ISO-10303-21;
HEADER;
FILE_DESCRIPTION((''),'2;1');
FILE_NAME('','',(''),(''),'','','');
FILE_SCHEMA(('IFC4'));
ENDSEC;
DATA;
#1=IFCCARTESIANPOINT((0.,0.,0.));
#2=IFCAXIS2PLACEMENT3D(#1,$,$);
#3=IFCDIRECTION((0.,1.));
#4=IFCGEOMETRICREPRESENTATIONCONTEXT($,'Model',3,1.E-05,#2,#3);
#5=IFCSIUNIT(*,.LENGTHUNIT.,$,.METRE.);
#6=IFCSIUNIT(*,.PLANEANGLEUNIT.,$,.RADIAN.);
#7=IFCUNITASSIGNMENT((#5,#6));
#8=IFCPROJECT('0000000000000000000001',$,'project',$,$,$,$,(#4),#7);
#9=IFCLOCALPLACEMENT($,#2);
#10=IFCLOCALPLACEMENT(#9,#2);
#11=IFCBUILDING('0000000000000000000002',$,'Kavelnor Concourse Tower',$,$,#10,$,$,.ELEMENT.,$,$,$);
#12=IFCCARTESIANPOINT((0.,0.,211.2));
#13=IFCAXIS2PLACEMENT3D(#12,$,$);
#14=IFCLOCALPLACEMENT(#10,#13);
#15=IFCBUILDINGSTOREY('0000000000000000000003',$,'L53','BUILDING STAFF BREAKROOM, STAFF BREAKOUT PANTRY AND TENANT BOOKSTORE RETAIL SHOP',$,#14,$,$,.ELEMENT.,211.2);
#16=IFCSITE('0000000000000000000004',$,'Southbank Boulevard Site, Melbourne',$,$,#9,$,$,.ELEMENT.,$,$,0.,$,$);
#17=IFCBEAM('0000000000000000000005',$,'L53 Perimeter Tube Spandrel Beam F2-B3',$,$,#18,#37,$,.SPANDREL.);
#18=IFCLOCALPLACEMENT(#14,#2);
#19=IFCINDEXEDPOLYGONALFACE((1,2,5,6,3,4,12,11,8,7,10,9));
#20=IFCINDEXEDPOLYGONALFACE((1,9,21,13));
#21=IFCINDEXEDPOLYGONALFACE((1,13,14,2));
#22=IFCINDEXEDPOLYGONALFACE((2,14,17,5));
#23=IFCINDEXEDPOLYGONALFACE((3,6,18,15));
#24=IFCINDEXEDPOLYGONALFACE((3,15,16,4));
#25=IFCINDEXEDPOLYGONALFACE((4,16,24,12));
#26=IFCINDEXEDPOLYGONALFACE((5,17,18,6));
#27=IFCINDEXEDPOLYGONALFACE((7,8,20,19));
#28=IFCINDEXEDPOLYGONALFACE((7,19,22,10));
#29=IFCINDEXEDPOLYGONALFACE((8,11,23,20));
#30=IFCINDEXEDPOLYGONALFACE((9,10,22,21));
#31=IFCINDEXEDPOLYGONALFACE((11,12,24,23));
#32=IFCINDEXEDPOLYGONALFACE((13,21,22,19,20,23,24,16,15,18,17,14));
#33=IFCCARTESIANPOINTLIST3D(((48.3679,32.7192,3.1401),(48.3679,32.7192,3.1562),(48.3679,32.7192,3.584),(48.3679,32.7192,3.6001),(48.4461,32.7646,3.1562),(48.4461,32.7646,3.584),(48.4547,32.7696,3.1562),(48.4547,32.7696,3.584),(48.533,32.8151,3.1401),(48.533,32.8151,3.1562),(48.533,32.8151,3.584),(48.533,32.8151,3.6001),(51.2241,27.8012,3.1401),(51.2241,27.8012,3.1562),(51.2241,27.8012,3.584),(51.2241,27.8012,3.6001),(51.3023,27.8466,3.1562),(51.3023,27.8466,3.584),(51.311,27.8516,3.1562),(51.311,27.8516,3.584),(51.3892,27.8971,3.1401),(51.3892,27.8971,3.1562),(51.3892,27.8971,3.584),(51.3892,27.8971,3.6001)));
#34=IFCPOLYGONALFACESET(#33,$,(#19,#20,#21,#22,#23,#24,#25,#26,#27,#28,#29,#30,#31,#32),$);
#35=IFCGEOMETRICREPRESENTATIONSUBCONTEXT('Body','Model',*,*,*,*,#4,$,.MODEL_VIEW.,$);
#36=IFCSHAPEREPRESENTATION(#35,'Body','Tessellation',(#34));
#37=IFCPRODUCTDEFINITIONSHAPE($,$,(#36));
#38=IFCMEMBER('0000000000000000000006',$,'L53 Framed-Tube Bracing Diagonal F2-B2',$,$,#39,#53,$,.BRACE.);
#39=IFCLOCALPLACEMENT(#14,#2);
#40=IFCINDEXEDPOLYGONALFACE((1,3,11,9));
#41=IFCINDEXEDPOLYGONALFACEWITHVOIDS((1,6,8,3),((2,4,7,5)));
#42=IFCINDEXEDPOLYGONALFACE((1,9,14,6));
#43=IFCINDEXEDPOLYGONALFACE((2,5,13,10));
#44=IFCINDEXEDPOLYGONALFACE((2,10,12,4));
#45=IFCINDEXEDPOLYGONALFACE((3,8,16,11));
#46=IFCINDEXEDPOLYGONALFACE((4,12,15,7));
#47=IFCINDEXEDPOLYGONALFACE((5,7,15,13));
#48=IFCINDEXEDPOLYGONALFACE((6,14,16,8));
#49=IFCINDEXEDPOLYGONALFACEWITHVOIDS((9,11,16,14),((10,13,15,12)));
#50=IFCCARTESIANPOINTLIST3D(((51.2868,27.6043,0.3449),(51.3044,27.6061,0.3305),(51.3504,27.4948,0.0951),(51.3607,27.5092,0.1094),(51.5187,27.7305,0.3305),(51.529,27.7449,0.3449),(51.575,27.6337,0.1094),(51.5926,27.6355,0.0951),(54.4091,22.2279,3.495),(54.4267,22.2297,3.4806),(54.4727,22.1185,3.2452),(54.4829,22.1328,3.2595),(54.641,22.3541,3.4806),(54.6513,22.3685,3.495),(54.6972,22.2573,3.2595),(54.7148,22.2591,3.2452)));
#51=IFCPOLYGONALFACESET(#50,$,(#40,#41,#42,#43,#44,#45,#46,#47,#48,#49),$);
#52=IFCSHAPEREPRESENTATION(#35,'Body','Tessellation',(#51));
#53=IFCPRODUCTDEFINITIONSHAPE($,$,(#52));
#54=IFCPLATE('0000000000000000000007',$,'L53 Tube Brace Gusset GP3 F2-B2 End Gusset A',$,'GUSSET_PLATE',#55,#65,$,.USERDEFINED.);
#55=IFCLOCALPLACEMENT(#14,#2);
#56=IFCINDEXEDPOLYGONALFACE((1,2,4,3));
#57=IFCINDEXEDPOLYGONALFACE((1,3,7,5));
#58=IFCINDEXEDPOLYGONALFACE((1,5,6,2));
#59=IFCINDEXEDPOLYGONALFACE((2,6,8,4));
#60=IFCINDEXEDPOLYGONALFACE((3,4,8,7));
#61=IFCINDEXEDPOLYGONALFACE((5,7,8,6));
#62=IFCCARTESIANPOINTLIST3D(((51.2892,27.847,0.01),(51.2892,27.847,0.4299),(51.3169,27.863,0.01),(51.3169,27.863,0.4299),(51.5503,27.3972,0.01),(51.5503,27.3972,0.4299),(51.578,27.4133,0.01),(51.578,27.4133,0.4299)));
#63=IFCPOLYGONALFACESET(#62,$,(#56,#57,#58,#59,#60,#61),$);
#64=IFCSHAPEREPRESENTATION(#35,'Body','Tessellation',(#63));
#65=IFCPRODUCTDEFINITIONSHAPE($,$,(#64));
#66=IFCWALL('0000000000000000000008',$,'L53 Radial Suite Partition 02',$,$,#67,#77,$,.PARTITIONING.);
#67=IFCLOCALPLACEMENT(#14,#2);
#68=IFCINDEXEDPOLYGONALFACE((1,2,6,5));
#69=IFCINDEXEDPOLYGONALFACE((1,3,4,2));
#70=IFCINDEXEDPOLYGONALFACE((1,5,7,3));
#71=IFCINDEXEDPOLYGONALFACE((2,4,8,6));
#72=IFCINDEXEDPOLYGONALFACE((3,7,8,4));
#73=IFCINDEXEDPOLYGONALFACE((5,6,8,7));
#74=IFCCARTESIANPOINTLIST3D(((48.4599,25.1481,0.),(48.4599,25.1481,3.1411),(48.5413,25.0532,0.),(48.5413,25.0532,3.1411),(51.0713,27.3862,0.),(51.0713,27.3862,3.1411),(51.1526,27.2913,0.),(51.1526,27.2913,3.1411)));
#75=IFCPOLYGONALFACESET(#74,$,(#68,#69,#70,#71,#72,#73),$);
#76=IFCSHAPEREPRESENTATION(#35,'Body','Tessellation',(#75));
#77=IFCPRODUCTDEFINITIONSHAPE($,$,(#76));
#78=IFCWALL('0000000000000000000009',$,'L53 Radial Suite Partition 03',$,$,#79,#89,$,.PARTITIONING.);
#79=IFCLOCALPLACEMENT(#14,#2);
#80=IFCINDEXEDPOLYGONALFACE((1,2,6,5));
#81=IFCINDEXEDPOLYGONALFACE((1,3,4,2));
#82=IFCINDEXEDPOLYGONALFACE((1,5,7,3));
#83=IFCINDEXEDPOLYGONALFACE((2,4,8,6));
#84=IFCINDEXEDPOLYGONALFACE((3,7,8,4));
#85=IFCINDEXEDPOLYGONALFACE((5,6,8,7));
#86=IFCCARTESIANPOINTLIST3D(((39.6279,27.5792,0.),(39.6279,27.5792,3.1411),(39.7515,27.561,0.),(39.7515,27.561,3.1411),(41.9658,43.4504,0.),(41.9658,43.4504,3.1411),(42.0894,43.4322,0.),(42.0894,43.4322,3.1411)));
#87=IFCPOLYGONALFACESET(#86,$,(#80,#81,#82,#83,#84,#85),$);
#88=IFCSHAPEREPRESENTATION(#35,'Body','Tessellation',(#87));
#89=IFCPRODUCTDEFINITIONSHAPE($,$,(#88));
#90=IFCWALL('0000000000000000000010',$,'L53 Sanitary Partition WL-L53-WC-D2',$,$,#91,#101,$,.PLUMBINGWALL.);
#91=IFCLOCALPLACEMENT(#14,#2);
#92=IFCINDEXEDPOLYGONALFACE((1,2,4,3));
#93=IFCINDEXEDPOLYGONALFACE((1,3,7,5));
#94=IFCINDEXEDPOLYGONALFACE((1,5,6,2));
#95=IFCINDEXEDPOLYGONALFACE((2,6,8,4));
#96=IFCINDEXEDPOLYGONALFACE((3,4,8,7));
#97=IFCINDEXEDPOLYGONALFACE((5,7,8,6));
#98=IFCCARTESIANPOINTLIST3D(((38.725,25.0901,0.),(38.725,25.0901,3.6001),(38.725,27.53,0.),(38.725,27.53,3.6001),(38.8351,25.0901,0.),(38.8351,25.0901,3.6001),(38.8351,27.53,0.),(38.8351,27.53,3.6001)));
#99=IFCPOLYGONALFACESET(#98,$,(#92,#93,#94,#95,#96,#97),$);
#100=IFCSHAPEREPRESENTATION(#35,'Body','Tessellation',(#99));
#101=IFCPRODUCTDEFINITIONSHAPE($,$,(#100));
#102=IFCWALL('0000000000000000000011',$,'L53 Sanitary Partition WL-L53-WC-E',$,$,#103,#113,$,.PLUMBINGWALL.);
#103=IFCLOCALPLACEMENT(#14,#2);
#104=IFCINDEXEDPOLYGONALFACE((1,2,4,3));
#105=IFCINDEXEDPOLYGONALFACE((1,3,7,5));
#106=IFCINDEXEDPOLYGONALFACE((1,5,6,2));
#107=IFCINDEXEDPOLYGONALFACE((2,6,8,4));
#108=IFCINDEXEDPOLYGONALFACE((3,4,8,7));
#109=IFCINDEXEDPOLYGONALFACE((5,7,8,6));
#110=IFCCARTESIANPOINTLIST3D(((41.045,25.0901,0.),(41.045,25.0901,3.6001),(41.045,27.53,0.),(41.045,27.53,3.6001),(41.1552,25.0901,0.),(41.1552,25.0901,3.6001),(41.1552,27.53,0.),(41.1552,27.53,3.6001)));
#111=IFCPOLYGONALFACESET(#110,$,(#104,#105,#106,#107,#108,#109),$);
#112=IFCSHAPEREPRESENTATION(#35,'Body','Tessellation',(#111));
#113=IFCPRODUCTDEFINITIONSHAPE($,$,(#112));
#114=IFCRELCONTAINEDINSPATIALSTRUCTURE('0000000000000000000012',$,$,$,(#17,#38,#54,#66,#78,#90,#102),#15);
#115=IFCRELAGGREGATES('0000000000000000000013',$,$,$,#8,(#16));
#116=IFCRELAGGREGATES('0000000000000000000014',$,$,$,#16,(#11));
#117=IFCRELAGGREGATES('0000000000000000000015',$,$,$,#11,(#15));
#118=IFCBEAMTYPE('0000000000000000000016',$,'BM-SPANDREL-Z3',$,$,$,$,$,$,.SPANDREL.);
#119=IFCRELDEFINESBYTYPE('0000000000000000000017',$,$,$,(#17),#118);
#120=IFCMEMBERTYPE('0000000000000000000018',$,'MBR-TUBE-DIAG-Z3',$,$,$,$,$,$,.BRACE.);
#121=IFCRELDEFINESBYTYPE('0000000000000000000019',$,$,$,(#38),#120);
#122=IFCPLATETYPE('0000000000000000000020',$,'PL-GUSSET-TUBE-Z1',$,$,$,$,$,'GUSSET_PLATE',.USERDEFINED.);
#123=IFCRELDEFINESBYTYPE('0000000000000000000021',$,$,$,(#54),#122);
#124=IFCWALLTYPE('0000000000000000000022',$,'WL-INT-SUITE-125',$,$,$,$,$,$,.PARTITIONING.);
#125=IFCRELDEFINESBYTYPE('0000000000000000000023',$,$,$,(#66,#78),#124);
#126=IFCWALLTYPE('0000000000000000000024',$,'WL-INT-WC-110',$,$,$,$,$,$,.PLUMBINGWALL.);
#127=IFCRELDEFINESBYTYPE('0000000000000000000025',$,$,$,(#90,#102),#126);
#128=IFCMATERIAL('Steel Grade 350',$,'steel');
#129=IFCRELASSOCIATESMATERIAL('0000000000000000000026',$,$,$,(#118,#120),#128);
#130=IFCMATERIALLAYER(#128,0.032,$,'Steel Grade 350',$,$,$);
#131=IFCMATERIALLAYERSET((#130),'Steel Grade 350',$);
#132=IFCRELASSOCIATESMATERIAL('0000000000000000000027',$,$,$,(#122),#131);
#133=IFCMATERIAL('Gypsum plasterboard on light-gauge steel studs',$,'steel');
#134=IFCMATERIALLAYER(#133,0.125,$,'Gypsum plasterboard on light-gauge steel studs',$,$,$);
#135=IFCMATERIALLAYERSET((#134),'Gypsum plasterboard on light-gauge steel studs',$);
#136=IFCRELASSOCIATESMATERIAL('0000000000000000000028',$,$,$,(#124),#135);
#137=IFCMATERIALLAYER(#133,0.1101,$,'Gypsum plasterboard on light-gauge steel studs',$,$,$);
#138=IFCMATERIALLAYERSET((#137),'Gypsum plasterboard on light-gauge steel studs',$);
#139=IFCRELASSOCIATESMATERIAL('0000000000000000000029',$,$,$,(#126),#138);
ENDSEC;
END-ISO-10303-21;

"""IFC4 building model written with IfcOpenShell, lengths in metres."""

from ifc_helpers import new_model, si_unit, direction, frame, frame_2d, origin, origin_2d, place, context, subcontext, project, spatial, rectangle, hollow_rectangle, i_section, extrude, material, layer, layer_set, material_profile, profile_set, type_object, element, save


model = new_model("IFC4")

# Units and contexts
model_context = context("Model", 3, precision=1e-05, world=origin(), true_north=direction((0.0, 1.0)))
body_context = subcontext(model_context, "Body", "Model", "MODEL_VIEW")
ifc_project = project(units=[si_unit("LENGTHUNIT", "METRE"), si_unit("PLANEANGLEUNIT", "RADIAN")], contexts=[model_context])

# Site, building, storey
site_placement = place(None, origin())
site = spatial("IfcSite", under=ifc_project, at=site_placement, Name="Southbank Boulevard Site, Melbourne", CompositionType="ELEMENT", RefElevation=0.0)
building_placement = place(site_placement, origin())
building = spatial("IfcBuilding", under=site, at=building_placement, Name="Kavelnor Concourse Tower", CompositionType="ELEMENT")
storey_placement = place(building_placement, frame((0.0, 0.0, 211.2)))
storey = spatial("IfcBuildingStorey", under=building, at=storey_placement, Name="L53", Description="BUILDING STAFF BREAKROOM, STAFF BREAKOUT PANTRY AND TENANT BOOKSTORE RETAIL SHOP", CompositionType="ELEMENT", Elevation=211.2)

# Shared definitions
ifc_material_1 = material(Name="Steel Grade 350", Category="steel")

# Beam
ifc_material_profile_1 = material_profile(ifc_material_1, i_section(OverallWidth=0.1909, OverallDepth=0.46, WebThickness=0.01, FlangeThickness=0.0161, at=origin_2d()), Name="460UB82")
ifc_profile_set_1 = profile_set([ifc_material_profile_1], Name="Steel Grade 350")
beam_type_1 = type_object("IfcBeamType", Name="BM-SPANDREL-Z3", PredefinedType="SPANDREL", material=ifc_profile_set_1)
beam_1_placement = place(storey_placement, frame((51.3066, 27.8491, 3.3701), z_axis=(-0.502215, 0.864743, 0.0), x_axis=(-0.864743, -0.502215, 0.0)))
element("IfcBeam", 1, at=beam_1_placement, inside=storey, type_object=beam_type_1, Name="L53 Perimeter Tube Spandrel Beam F2-B3", PredefinedType="SPANDREL", context=body_context, shape_type="SweptSolid", body=[
    extrude(i_section(OverallWidth=0.1909, OverallDepth=0.46, WebThickness=0.01, FlangeThickness=0.0161, at=origin_2d()), origin(), (0.0, 0.0, 1.0), 5.6873),
])

# Member
ifc_material_profile_2 = material_profile(ifc_material_1, hollow_rectangle(XDim=0.28, YDim=0.28, WallThickness=0.0161, at=origin_2d()), Name="SHS 280x280x16")
ifc_profile_set_2 = profile_set([ifc_material_profile_2], Name="Steel Grade 350")
member_type = type_object("IfcMemberType", Name="MBR-TUBE-DIAG-Z3", PredefinedType="BRACE", material=ifc_profile_set_2)
member_placement = place(storey_placement, frame((51.4397, 27.6199, 0.22), z_axis=(0.447975, -0.77139, 0.451968), x_axis=(0.864754, 0.502195, 0.0)))
element("IfcMember", 2, at=member_placement, inside=storey, type_object=member_type, Name="L53 Framed-Tube Bracing Diagonal F2-B2", PredefinedType="BRACE", context=body_context, shape_type="SweptSolid", body=[
    extrude(hollow_rectangle(XDim=0.28, YDim=0.28, WallThickness=0.0161, at=origin_2d()), origin(), (0.0, 0.0, 1.0), 6.9697),
])

# Plate
ifc_layer_1 = layer(ifc_material_1, 0.032, Name="Steel Grade 350")
ifc_layer_set_1 = layer_set([ifc_layer_1], Name="Steel Grade 350")
plate_type = type_object("IfcPlateType", Name="PL-GUSSET-TUBE-Z1", ElementType="GUSSET_PLATE", PredefinedType="USERDEFINED", material=ifc_layer_set_1)
plate_placement = place(storey_placement, frame((51.4336, 27.6301, 0.01), z_axis=(0.0, 0.0, 1.0), x_axis=(0.502115, -0.864801, 0.0)))
element("IfcPlate", 3, at=plate_placement, inside=storey, type_object=plate_type, Name="L53 Tube Brace Gusset GP3 F2-B2 End Gusset A", ObjectType="GUSSET_PLATE", PredefinedType="USERDEFINED", context=body_context, shape_type="SweptSolid", body=[
    extrude(rectangle(XDim=0.52, YDim=0.032, at=origin_2d()), origin(), (0.0, 0.0, 1.0), 0.4199),
])

# Walls
ifc_material_2 = material(Name="Gypsum plasterboard on light-gauge steel studs", Category="steel")
ifc_layer_2 = layer(ifc_material_2, 0.125, Name="Gypsum plasterboard on light-gauge steel studs")
ifc_layer_set_2 = layer_set([ifc_layer_2], Name="Gypsum plasterboard on light-gauge steel studs")
wall_type_1 = type_object("IfcWallType", Name="WL-INT-SUITE-125", PredefinedType="PARTITIONING", material=ifc_layer_set_2)
wall_1_placement = place(storey_placement, frame((48.5005, 25.1006, 0.0), z_axis=(0.0, 0.0, 1.0), x_axis=(0.759292, 0.65075, 0.0)))
element("IfcWall", 4, at=wall_1_placement, inside=storey, type_object=wall_type_1, Name="L53 Radial Suite Partition 02", PredefinedType="PARTITIONING", context=body_context, shape_type="SweptSolid", body=[
    extrude(rectangle(XDim=3.4392, YDim=0.125, at=frame_2d((1.7197, 0.0))), origin(), (0.0, 0.0, 1.0), 3.1411),
])
wall_2_placement = place(storey_placement, frame((39.6897, 27.5701, 0.0), z_axis=(0.0, 0.0, 1.0), x_axis=(0.145732, 0.989324, 0.0)))
element("IfcWall", 5, at=wall_2_placement, inside=storey, type_object=wall_type_1, Name="L53 Radial Suite Partition 03", PredefinedType="PARTITIONING", context=body_context, shape_type="SweptSolid", body=[
    extrude(rectangle(XDim=16.0425, YDim=0.125, at=frame_2d((8.0212, 0.0))), origin(), (0.0, 0.0, 1.0), 3.1411),
])
ifc_layer_3 = layer(ifc_material_2, 0.1101, Name="Gypsum plasterboard on light-gauge steel studs")
ifc_layer_set_3 = layer_set([ifc_layer_3], Name="Gypsum plasterboard on light-gauge steel studs")
wall_type_2 = type_object("IfcWallType", Name="WL-INT-WC-110", PredefinedType="PLUMBINGWALL", material=ifc_layer_set_3)
for number, where, z_axis, x_axis, name in (
    (6, (38.78, 25.0901, 0.0), (0.0, 0.0, 1.0), (0.0, 1.0, 0.0), "L53 Sanitary Partition WL-L53-WC-D2"),
    (7, (41.1001, 25.0901, 0.0), (0.0, 0.0, 1.0), (0.0, 1.0, 0.0), "L53 Sanitary Partition WL-L53-WC-E"),
):
    element("IfcWall", number, at=place(storey_placement, frame(where, z_axis=z_axis, x_axis=x_axis)), inside=storey, type_object=wall_type_2, Name=name, PredefinedType="PLUMBINGWALL", context=body_context, shape_type="SweptSolid", body=[
        extrude(rectangle(XDim=2.4399, YDim=0.1101, at=frame_2d((1.22, 0.0))), origin(), (0.0, 0.0, 1.0), 3.6001),
    ])

save(model, "model.ifc")
